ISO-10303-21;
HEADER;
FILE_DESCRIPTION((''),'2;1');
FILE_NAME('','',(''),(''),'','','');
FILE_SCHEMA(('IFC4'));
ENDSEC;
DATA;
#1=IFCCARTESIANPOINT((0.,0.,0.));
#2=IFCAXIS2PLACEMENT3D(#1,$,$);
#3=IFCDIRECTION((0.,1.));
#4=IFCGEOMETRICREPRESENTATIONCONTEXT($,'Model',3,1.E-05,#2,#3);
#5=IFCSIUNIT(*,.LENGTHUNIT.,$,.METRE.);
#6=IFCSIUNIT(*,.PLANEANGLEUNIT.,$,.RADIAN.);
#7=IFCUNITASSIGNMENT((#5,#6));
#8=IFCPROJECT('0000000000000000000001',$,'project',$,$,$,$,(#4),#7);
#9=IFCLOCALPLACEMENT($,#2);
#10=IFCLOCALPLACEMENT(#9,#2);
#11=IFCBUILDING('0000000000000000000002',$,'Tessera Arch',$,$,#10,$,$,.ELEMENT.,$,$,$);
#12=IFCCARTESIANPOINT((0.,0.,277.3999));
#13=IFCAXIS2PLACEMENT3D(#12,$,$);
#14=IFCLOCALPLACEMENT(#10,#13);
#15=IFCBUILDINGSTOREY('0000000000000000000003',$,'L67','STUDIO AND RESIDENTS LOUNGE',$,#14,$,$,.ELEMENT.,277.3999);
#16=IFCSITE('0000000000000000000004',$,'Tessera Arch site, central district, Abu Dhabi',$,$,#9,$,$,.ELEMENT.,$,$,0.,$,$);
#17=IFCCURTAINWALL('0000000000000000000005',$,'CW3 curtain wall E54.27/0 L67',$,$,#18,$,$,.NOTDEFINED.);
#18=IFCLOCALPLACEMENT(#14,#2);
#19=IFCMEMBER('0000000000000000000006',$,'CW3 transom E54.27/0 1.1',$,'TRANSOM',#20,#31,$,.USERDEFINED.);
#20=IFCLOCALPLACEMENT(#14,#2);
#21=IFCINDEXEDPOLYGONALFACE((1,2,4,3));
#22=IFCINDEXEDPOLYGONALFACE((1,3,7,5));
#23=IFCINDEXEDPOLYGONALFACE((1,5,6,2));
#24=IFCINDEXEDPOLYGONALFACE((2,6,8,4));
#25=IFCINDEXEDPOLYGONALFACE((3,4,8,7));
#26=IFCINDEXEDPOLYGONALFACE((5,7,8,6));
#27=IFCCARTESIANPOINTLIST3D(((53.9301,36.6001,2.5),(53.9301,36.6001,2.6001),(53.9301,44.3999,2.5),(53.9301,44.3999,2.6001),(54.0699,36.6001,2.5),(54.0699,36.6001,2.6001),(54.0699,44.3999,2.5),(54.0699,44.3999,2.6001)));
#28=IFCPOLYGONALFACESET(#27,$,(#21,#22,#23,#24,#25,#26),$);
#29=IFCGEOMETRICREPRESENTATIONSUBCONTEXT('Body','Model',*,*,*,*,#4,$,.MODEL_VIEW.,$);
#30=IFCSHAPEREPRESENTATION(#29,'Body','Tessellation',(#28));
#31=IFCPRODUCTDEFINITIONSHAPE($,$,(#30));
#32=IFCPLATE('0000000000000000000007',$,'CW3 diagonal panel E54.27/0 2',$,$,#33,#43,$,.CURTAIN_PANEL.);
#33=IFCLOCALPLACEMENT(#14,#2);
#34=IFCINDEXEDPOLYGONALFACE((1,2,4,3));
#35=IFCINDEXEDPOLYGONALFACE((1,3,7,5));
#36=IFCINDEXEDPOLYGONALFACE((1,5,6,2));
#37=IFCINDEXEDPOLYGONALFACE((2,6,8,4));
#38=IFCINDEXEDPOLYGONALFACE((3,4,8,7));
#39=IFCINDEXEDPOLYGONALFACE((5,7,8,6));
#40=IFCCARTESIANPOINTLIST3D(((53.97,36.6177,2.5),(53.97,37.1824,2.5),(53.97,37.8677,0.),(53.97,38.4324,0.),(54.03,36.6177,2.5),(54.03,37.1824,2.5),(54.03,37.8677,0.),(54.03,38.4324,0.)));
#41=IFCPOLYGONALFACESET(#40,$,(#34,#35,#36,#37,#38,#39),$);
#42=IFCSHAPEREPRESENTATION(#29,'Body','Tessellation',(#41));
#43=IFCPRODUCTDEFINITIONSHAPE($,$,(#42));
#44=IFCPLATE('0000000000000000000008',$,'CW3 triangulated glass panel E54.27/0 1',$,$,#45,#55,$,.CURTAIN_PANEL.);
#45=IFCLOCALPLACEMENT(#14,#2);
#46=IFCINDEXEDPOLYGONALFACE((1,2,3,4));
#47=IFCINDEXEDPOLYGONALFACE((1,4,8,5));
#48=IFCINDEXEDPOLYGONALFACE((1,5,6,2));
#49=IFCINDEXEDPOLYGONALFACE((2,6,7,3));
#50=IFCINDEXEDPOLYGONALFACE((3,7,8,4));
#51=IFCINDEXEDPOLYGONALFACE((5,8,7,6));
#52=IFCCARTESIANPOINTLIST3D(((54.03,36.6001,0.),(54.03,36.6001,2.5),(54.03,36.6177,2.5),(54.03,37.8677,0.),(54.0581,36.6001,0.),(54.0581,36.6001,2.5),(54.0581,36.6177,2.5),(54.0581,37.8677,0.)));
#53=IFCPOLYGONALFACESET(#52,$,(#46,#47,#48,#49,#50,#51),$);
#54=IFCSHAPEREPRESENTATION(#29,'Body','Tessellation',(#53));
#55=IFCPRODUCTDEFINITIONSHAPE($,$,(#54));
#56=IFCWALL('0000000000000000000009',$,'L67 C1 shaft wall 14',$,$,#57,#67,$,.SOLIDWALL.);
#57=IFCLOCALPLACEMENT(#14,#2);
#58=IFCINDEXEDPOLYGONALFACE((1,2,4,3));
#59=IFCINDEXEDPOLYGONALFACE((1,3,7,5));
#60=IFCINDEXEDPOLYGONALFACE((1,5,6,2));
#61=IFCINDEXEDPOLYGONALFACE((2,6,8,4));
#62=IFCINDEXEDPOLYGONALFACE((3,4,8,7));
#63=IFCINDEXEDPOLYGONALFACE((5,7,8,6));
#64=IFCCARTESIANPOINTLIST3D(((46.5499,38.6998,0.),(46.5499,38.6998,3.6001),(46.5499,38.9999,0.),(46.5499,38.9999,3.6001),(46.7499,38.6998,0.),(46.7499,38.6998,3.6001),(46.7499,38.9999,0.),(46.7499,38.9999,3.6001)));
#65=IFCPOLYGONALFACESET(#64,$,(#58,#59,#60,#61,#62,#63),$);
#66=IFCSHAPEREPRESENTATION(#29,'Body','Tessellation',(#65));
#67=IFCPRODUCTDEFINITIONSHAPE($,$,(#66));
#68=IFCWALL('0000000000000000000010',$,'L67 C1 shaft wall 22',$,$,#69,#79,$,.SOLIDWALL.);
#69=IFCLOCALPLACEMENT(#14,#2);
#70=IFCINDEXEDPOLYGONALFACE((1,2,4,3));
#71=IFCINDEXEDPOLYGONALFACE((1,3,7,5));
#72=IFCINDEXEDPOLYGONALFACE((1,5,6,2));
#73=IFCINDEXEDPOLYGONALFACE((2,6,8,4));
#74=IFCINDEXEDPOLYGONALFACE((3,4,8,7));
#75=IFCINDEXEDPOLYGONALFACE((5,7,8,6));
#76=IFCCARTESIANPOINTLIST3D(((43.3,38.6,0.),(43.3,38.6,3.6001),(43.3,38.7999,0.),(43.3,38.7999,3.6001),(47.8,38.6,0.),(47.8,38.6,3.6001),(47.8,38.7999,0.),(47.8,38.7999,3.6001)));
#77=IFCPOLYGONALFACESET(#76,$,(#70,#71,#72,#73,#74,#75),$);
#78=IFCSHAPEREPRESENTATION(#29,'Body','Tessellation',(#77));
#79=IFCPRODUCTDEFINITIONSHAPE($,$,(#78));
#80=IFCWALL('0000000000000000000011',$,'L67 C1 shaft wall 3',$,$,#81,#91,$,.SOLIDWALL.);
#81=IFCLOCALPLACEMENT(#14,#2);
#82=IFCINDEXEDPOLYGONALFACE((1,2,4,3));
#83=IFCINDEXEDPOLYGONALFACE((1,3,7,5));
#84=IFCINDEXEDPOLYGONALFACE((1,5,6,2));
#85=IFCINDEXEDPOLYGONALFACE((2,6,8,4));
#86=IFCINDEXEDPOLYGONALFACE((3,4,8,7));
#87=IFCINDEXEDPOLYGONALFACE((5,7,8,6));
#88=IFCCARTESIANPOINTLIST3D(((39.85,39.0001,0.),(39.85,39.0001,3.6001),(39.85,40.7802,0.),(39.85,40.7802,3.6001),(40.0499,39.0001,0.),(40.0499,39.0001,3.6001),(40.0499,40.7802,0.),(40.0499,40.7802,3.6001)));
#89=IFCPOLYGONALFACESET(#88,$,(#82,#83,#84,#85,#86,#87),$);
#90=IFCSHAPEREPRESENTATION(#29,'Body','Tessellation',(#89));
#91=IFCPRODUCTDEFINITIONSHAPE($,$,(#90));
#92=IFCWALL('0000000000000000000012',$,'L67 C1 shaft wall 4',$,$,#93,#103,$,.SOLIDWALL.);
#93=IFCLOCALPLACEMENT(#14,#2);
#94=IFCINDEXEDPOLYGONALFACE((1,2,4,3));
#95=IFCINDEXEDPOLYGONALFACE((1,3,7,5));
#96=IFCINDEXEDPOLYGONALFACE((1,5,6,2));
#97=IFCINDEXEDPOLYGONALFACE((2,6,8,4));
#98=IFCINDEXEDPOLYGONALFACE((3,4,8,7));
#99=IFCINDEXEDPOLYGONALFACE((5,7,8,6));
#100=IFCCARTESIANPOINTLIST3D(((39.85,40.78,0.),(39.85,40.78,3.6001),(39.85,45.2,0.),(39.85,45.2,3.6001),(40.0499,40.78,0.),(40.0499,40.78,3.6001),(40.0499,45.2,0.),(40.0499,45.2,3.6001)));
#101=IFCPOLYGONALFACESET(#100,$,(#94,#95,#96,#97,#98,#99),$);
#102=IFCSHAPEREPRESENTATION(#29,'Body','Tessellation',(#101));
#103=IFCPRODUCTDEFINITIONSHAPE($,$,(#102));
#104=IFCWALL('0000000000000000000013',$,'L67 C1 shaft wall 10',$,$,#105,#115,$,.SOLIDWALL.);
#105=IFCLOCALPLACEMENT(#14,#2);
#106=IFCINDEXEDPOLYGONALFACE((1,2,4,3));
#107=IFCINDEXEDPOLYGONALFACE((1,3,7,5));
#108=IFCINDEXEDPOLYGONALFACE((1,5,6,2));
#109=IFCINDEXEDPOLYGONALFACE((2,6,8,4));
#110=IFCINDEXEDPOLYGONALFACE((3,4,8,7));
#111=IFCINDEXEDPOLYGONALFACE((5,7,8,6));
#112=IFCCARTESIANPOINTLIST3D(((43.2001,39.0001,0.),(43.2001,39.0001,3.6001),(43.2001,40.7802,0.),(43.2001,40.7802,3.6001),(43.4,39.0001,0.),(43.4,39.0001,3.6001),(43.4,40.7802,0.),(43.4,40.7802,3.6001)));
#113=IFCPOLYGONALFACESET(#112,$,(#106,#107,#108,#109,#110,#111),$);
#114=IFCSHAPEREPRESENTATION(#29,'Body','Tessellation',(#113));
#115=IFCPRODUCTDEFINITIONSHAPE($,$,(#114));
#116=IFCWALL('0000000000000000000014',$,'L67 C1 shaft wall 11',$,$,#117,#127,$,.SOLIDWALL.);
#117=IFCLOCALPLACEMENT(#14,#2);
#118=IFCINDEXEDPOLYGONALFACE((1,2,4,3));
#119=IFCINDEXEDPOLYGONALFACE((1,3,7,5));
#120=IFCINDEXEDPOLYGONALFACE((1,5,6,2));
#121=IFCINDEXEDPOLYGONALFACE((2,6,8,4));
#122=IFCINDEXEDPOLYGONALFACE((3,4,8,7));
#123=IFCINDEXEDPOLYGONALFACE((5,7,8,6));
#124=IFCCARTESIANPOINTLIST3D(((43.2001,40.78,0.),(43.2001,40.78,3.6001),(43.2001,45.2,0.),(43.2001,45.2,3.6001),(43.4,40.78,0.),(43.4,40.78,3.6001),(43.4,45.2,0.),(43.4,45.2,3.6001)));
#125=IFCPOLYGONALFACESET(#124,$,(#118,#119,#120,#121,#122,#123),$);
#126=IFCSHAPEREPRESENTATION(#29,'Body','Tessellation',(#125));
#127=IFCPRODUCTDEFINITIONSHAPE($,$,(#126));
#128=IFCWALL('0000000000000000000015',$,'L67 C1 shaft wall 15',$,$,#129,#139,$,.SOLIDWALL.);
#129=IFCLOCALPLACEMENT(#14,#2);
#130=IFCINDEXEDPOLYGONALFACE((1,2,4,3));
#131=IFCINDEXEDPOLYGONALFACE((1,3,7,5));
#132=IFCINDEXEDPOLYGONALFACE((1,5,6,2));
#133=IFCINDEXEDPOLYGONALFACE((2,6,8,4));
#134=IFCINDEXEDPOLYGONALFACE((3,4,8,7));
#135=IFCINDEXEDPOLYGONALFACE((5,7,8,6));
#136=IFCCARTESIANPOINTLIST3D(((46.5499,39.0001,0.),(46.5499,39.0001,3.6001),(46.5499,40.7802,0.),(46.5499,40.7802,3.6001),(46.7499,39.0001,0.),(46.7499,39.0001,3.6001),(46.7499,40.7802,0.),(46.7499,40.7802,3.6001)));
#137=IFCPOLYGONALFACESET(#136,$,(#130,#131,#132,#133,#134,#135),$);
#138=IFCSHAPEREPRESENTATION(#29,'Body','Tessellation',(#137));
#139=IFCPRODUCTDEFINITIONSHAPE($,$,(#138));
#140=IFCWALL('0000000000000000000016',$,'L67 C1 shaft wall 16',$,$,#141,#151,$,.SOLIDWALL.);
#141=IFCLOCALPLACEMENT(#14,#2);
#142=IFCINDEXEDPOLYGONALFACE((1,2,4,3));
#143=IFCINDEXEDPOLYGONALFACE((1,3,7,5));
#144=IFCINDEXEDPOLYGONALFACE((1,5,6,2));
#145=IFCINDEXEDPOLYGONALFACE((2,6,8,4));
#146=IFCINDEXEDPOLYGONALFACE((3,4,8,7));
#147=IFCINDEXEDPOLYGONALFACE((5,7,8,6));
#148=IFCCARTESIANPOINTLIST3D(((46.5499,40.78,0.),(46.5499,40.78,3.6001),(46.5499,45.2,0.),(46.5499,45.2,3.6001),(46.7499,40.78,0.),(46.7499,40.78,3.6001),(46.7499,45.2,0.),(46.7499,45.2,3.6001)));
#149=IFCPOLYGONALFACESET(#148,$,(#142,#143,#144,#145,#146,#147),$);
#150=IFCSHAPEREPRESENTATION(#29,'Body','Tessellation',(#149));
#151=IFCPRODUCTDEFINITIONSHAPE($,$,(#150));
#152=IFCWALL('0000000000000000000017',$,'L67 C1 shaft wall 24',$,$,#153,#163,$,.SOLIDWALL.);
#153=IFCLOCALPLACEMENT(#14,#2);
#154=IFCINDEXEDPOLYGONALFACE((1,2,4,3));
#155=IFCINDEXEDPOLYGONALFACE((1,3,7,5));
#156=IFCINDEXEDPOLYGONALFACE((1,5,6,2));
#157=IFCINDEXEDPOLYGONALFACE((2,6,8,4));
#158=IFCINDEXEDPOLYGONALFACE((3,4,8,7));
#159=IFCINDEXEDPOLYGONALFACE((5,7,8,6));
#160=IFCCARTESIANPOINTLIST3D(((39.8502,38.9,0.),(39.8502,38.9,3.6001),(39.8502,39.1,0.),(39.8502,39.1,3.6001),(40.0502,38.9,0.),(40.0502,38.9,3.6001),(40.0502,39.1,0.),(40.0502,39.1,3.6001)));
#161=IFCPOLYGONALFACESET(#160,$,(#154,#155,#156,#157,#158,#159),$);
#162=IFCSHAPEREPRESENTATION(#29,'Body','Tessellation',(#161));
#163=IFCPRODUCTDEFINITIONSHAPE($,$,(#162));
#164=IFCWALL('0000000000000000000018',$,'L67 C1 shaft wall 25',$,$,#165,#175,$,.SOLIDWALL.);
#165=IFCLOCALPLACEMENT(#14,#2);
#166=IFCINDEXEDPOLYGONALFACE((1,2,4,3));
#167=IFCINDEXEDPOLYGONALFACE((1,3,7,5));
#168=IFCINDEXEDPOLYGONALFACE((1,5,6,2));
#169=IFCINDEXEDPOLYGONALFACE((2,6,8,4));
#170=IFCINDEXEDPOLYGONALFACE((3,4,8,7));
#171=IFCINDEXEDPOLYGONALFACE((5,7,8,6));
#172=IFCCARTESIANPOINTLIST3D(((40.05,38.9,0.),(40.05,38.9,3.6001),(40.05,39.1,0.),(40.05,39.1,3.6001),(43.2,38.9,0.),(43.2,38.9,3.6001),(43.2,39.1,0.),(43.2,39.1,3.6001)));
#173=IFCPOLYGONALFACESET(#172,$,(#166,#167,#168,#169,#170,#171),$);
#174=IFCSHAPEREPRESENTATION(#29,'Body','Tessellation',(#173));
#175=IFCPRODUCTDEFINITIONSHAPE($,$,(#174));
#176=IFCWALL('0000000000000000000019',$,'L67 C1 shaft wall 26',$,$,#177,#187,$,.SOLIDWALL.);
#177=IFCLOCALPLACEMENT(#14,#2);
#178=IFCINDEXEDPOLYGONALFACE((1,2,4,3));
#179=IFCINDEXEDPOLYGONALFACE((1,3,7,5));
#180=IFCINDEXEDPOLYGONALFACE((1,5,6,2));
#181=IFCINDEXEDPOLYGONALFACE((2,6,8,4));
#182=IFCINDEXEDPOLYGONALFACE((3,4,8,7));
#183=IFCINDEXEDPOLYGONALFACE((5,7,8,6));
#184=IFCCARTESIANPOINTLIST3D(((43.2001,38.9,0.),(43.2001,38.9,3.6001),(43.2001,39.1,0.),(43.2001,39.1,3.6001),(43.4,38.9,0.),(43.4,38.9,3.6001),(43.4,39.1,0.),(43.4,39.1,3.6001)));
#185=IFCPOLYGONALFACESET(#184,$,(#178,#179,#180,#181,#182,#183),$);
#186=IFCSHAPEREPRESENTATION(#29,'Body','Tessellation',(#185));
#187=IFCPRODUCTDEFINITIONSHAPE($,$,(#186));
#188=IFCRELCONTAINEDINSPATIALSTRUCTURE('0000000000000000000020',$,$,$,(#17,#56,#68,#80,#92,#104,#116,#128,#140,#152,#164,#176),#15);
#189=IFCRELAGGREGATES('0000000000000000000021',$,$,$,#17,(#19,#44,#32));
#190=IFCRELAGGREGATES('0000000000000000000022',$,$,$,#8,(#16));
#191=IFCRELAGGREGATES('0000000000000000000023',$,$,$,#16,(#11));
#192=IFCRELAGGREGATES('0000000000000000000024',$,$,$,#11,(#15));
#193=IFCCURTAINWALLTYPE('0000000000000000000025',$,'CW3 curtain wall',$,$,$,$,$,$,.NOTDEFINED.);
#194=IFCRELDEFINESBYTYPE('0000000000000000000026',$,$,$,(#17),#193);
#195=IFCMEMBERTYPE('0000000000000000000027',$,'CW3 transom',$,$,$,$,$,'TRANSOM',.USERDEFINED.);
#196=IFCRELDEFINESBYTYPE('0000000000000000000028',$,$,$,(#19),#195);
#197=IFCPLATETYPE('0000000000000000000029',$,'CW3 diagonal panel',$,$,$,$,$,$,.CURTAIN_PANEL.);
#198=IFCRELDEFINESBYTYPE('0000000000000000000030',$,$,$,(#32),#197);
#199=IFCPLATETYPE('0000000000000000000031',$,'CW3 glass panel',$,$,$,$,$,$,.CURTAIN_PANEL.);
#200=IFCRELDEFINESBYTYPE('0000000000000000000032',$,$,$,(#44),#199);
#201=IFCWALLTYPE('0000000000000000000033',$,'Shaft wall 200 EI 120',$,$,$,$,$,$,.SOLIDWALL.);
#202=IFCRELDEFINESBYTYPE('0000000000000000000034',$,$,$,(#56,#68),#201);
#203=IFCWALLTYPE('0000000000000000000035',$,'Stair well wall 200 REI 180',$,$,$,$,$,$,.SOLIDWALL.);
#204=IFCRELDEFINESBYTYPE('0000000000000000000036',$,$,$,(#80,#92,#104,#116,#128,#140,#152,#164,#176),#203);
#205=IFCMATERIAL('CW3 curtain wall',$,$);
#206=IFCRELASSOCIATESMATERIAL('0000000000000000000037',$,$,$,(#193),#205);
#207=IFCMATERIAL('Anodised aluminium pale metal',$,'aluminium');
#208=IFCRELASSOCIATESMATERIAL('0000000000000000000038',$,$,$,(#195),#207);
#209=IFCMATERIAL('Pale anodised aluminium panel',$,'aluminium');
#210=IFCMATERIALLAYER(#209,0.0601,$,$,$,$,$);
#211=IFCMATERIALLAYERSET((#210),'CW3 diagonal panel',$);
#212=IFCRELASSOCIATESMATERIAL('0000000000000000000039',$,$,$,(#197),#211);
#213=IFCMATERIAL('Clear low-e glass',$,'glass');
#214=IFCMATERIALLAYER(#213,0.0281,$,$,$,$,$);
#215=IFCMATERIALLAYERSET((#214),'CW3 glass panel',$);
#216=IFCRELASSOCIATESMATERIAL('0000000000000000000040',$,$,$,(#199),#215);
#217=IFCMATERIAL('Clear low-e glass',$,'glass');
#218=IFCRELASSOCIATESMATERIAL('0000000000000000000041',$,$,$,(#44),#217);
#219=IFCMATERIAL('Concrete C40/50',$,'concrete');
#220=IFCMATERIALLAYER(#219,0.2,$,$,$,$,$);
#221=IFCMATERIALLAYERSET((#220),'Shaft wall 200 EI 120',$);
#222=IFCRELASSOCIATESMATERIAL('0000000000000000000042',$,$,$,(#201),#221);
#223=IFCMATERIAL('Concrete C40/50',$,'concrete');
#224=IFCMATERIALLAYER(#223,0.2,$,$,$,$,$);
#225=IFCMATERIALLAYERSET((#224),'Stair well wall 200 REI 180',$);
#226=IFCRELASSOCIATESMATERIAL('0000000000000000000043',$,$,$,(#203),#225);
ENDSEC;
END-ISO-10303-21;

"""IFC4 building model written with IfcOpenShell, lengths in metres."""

from ifc_helpers import new_model, si_unit, direction, frame, frame_2d, origin, origin_2d, place, context, subcontext, project, spatial, polyline, rectangle, outline, extrude, material, layer, layer_set, material_profile, profile_set, type_object, element, aggregate, save


model = new_model("IFC4")

# Units and contexts
model_context = context("Model", 3, precision=1e-05, world=origin(), true_north=direction((0.0, 1.0)))
body_context = subcontext(model_context, "Body", "Model", "MODEL_VIEW")
ifc_project = project(units=[si_unit("LENGTHUNIT", "METRE"), si_unit("PLANEANGLEUNIT", "RADIAN")], contexts=[model_context])

# Site, building, storey
site_placement = place(None, origin())
site = spatial("IfcSite", under=ifc_project, at=site_placement, Name="Tessera Arch site, central district, Abu Dhabi", CompositionType="ELEMENT", RefElevation=0.0)
building_placement = place(site_placement, origin())
building = spatial("IfcBuilding", under=site, at=building_placement, Name="Tessera Arch", CompositionType="ELEMENT")
storey_placement = place(building_placement, frame((0.0, 0.0, 277.3999)))
storey = spatial("IfcBuildingStorey", under=building, at=storey_placement, Name="L67", Description="STUDIO AND RESIDENTS LOUNGE", CompositionType="ELEMENT", Elevation=277.3999)

# Curtain wall, member, plates
ifc_material_1 = material(Name="CW3 curtain wall")
curtain_wall_type = type_object("IfcCurtainWallType", Name="CW3 curtain wall", PredefinedType="NOTDEFINED", material=ifc_material_1)
curtain_wall_placement = place(storey_placement, origin())
curtain_wall = element("IfcCurtainWall", 1, at=curtain_wall_placement, inside=storey, type_object=curtain_wall_type, Name="CW3 curtain wall E54.27/0 L67", PredefinedType="NOTDEFINED")
ifc_material_2 = material(Name="Anodised aluminium pale metal", Category="aluminium")
ifc_material_profile = material_profile(ifc_material_2, rectangle(XDim=0.1399, YDim=0.1001, at=origin_2d()), Name="AL 140x100")
ifc_profile_set = profile_set([ifc_material_profile], Name="Anodised aluminium pale metal")
member_type = type_object("IfcMemberType", Name="CW3 transom", ElementType="TRANSOM", PredefinedType="USERDEFINED", material=ifc_profile_set)
member_placement = place(storey_placement, frame((54.0, 36.6001, 2.55), z_axis=(0.0, 1.0, 0.0), x_axis=(-1.0, 0.0, 0.0)))
member = element("IfcMember", 2, at=member_placement, type_object=member_type, Name="CW3 transom E54.27/0 1.1", ObjectType="TRANSOM", PredefinedType="USERDEFINED", context=body_context, shape_type="SweptSolid", body=[
    extrude(rectangle(XDim=0.1399, YDim=0.1001, at=origin_2d()), origin(), (0.0, 0.0, 1.0), 7.7998),
])
ifc_material_3 = material(Name="Pale anodised aluminium panel", Category="aluminium")
ifc_layer_1 = layer(ifc_material_3, 0.0601)
ifc_layer_set_1 = layer_set([ifc_layer_1], Name="CW3 diagonal panel")
plate_type_1 = type_object("IfcPlateType", Name="CW3 diagonal panel", PredefinedType="CURTAIN_PANEL", material=ifc_layer_set_1)
plate_1_placement = place(storey_placement, frame((54.03, 37.1824, 2.5), z_axis=(1.0, 0.0, 0.0), x_axis=(0.0, -1.0, 0.0)))
plate_1 = element("IfcPlate", 3, at=plate_1_placement, type_object=plate_type_1, Name="CW3 diagonal panel E54.27/0 2", PredefinedType="CURTAIN_PANEL", context=body_context, shape_type="SweptSolid", body=[
    extrude(outline(polyline([(0.0, 0.0), (0.5647, 0.0), (-0.6853, 2.5), (-1.25, 2.5), (0.0, 0.0)])), origin(), (0.0, 0.0, -1.0), 0.0601),
])
ifc_material_4 = material(Name="Clear low-e glass", Category="glass")
ifc_material_5 = material(Name="Clear low-e glass", Category="glass")
ifc_layer_2 = layer(ifc_material_5, 0.0281)
ifc_layer_set_2 = layer_set([ifc_layer_2], Name="CW3 glass panel")
plate_type_2 = type_object("IfcPlateType", Name="CW3 glass panel", PredefinedType="CURTAIN_PANEL", material=ifc_layer_set_2)
plate_2_placement = place(storey_placement, frame((54.0581, 36.6001, 0.0), z_axis=(1.0, 0.0, 0.0), x_axis=(0.0, 1.0, 0.0)))
plate_2 = element("IfcPlate", 4, at=plate_2_placement, type_object=plate_type_2, material=ifc_material_4, Name="CW3 triangulated glass panel E54.27/0 1", PredefinedType="CURTAIN_PANEL", context=body_context, shape_type="SweptSolid", body=[
    extrude(outline(polyline([(0.0, 0.0), (1.2676, 0.0), (0.0176, 2.5), (0.0, 2.5), (0.0, 0.0)])), origin(), (0.0, 0.0, -1.0), 0.0281),
])
aggregate(curtain_wall, [member, plate_2, plate_1])

# Walls
ifc_material_6 = material(Name="Concrete C40/50", Category="concrete")
ifc_layer_3 = layer(ifc_material_6, 0.2)
ifc_layer_set_3 = layer_set([ifc_layer_3], Name="Shaft wall 200 EI 120")
wall_type_1 = type_object("IfcWallType", Name="Shaft wall 200 EI 120", PredefinedType="SOLIDWALL", material=ifc_layer_set_3)
wall_1_placement = place(storey_placement, frame((46.6499, 38.7, 0.0), z_axis=(0.0, 0.0, 1.0), x_axis=(0.0, 1.0, 0.0)))
element("IfcWall", 5, at=wall_1_placement, inside=storey, type_object=wall_type_1, Name="L67 C1 shaft wall 14", PredefinedType="SOLIDWALL", context=body_context, shape_type="SweptSolid", body=[
    extrude(rectangle(XDim=0.3, YDim=0.2, at=frame_2d((0.1499, 0.0))), origin(), (0.0, 0.0, 1.0), 3.6001),
])
wall_2_placement = place(storey_placement, frame((43.3, 38.7, 0.0), z_axis=(0.0, 0.0, 1.0), x_axis=(1.0, 0.0, 0.0)))
element("IfcWall", 6, at=wall_2_placement, inside=storey, type_object=wall_type_1, Name="L67 C1 shaft wall 22", PredefinedType="SOLIDWALL", context=body_context, shape_type="SweptSolid", body=[
    extrude(rectangle(XDim=4.5, YDim=0.2, at=frame_2d((2.25, 0.0))), origin(), (0.0, 0.0, 1.0), 3.6001),
])
ifc_material_7 = material(Name="Concrete C40/50", Category="concrete")
ifc_layer_4 = layer(ifc_material_7, 0.2)
ifc_layer_set_4 = layer_set([ifc_layer_4], Name="Stair well wall 200 REI 180")
wall_type_2 = type_object("IfcWallType", Name="Stair well wall 200 REI 180", PredefinedType="SOLIDWALL", material=ifc_layer_set_4)
wall_3_placement = place(storey_placement, frame((39.95, 39.0, 0.0), z_axis=(0.0, 0.0, 1.0), x_axis=(0.0, 1.0, 0.0)))
element("IfcWall", 7, at=wall_3_placement, inside=storey, type_object=wall_type_2, Name="L67 C1 shaft wall 3", PredefinedType="SOLIDWALL", context=body_context, shape_type="SweptSolid", body=[
    extrude(rectangle(XDim=1.78, YDim=0.2, at=frame_2d((0.8901, 0.0))), origin(), (0.0, 0.0, 1.0), 3.6001),
])
wall_4_placement = place(storey_placement, frame((39.95, 40.78, 0.0), z_axis=(0.0, 0.0, 1.0), x_axis=(0.0, 1.0, 0.0)))
element("IfcWall", 8, at=wall_4_placement, inside=storey, type_object=wall_type_2, Name="L67 C1 shaft wall 4", PredefinedType="SOLIDWALL", context=body_context, shape_type="SweptSolid", body=[
    extrude(rectangle(XDim=4.4199, YDim=0.2, at=frame_2d((2.21, 0.0))), origin(), (0.0, 0.0, 1.0), 3.6001),
])
wall_5_placement = place(storey_placement, frame((43.3, 39.0, 0.0), z_axis=(0.0, 0.0, 1.0), x_axis=(0.0, 1.0, 0.0)))
element("IfcWall", 9, at=wall_5_placement, inside=storey, type_object=wall_type_2, Name="L67 C1 shaft wall 10", PredefinedType="SOLIDWALL", context=body_context, shape_type="SweptSolid", body=[
    extrude(rectangle(XDim=1.78, YDim=0.2, at=frame_2d((0.8901, 0.0))), origin(), (0.0, 0.0, 1.0), 3.6001),
])
wall_6_placement = place(storey_placement, frame((43.3, 40.78, 0.0), z_axis=(0.0, 0.0, 1.0), x_axis=(0.0, 1.0, 0.0)))
element("IfcWall", 10, at=wall_6_placement, inside=storey, type_object=wall_type_2, Name="L67 C1 shaft wall 11", PredefinedType="SOLIDWALL", context=body_context, shape_type="SweptSolid", body=[
    extrude(rectangle(XDim=4.4199, YDim=0.2, at=frame_2d((2.21, 0.0))), origin(), (0.0, 0.0, 1.0), 3.6001),
])
wall_7_placement = place(storey_placement, frame((46.6499, 39.0, 0.0), z_axis=(0.0, 0.0, 1.0), x_axis=(0.0, 1.0, 0.0)))
element("IfcWall", 11, at=wall_7_placement, inside=storey, type_object=wall_type_2, Name="L67 C1 shaft wall 15", PredefinedType="SOLIDWALL", context=body_context, shape_type="SweptSolid", body=[
    extrude(rectangle(XDim=1.78, YDim=0.2, at=frame_2d((0.8901, 0.0))), origin(), (0.0, 0.0, 1.0), 3.6001),
])
wall_8_placement = place(storey_placement, frame((46.6499, 40.78, 0.0), z_axis=(0.0, 0.0, 1.0), x_axis=(0.0, 1.0, 0.0)))
element("IfcWall", 12, at=wall_8_placement, inside=storey, type_object=wall_type_2, Name="L67 C1 shaft wall 16", PredefinedType="SOLIDWALL", context=body_context, shape_type="SweptSolid", body=[
    extrude(rectangle(XDim=4.4199, YDim=0.2, at=frame_2d((2.21, 0.0))), origin(), (0.0, 0.0, 1.0), 3.6001),
])
wall_9_placement = place(storey_placement, frame((39.8501, 39.0, 0.0), z_axis=(0.0, 0.0, 1.0), x_axis=(1.0, 0.0, 0.0)))
element("IfcWall", 13, at=wall_9_placement, inside=storey, type_object=wall_type_2, Name="L67 C1 shaft wall 24", PredefinedType="SOLIDWALL", context=body_context, shape_type="SweptSolid", body=[
    extrude(rectangle(XDim=0.2, YDim=0.2, at=frame_2d((0.1001, 0.0))), origin(), (0.0, 0.0, 1.0), 3.6001),
])
wall_10_placement = place(storey_placement, frame((40.05, 39.0, 0.0), z_axis=(0.0, 0.0, 1.0), x_axis=(1.0, 0.0, 0.0)))
element("IfcWall", 14, at=wall_10_placement, inside=storey, type_object=wall_type_2, Name="L67 C1 shaft wall 25", PredefinedType="SOLIDWALL", context=body_context, shape_type="SweptSolid", body=[
    extrude(rectangle(XDim=3.1499, YDim=0.2, at=frame_2d((1.575, 0.0))), origin(), (0.0, 0.0, 1.0), 3.6001),
])
wall_11_placement = place(storey_placement, frame((43.2, 39.0, 0.0), z_axis=(0.0, 0.0, 1.0), x_axis=(1.0, 0.0, 0.0)))
element("IfcWall", 15, at=wall_11_placement, inside=storey, type_object=wall_type_2, Name="L67 C1 shaft wall 26", PredefinedType="SOLIDWALL", context=body_context, shape_type="SweptSolid", body=[
    extrude(rectangle(XDim=0.2, YDim=0.2, at=frame_2d((0.1001, 0.0))), origin(), (0.0, 0.0, 1.0), 3.6001),
])

save(model, "model.ifc")
